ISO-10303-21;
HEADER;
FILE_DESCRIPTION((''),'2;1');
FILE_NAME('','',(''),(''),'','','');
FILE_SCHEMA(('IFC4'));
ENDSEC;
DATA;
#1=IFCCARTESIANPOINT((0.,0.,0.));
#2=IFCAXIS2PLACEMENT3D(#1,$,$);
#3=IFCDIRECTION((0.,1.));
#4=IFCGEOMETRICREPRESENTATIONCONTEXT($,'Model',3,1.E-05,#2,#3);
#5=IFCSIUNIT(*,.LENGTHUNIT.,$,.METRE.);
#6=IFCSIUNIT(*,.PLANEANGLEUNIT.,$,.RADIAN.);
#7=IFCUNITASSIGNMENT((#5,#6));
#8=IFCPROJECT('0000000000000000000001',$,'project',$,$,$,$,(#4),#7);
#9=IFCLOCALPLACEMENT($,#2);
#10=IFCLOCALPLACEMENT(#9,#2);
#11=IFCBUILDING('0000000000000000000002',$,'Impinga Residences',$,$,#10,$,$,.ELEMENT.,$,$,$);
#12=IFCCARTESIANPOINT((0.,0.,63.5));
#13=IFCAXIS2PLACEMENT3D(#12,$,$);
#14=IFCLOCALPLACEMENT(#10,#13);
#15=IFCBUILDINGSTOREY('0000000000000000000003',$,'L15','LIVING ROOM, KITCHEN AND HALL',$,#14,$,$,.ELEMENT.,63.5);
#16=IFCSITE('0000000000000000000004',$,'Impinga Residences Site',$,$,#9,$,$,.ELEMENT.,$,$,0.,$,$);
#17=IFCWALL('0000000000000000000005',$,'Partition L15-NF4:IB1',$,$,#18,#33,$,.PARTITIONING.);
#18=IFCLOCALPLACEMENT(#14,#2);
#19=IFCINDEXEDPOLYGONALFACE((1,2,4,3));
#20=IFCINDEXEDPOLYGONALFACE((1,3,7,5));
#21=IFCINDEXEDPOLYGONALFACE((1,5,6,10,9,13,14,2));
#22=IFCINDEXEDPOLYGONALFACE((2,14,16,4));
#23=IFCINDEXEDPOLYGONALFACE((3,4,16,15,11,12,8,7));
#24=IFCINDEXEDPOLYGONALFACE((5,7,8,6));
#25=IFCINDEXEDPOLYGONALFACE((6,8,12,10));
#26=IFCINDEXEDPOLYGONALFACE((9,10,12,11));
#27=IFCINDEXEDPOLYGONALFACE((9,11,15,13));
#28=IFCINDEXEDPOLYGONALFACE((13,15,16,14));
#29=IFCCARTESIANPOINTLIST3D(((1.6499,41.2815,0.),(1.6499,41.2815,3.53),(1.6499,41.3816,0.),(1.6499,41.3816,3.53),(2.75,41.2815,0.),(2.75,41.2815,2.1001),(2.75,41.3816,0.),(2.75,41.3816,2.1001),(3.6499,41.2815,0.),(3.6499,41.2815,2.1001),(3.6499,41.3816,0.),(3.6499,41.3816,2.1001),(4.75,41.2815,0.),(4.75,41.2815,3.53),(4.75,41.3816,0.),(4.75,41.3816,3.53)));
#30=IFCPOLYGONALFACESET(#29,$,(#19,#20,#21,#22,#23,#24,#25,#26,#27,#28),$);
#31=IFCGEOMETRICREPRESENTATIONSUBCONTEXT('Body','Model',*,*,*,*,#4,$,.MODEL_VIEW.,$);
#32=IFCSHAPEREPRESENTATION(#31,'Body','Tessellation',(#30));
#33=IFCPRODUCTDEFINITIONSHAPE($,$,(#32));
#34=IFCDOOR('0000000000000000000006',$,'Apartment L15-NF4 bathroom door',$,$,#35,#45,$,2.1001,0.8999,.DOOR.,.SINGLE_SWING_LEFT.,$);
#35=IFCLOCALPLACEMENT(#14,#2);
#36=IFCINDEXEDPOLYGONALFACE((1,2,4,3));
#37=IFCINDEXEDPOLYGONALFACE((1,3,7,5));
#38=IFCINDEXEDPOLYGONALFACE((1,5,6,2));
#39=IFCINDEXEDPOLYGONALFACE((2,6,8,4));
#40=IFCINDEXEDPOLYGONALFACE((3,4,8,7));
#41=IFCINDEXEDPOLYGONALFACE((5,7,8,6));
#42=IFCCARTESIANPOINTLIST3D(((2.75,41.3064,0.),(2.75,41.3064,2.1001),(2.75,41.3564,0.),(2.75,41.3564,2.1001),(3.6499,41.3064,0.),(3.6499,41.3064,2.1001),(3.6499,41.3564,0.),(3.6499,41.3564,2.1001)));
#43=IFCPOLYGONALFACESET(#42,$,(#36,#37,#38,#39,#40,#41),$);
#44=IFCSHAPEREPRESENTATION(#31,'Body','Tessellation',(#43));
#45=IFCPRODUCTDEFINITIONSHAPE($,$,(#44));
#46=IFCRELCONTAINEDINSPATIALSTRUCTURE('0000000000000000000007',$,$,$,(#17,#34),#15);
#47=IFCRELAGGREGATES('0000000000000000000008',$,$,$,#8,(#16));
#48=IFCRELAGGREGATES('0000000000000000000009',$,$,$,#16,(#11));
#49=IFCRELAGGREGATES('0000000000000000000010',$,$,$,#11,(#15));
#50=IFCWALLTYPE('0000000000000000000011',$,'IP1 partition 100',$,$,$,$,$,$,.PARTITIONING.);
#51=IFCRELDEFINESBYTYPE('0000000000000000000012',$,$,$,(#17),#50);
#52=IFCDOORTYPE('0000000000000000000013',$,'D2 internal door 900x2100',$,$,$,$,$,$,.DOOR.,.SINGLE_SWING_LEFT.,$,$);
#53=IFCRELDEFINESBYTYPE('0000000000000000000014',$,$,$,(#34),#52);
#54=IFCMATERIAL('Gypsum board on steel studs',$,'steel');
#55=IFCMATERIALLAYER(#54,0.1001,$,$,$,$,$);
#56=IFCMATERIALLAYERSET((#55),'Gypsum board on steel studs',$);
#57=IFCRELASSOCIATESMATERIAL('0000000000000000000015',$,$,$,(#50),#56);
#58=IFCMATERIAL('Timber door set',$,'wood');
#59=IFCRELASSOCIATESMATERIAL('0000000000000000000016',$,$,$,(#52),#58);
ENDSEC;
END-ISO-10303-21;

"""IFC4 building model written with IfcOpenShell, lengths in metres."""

from ifc_helpers import new_model, si_unit, direction, frame, frame_2d, origin, place, context, subcontext, project, spatial, rectangle, extrude, material, layer, layer_set, type_object, element, fill, save


model = new_model("IFC4")

# Units and contexts
model_context = context("Model", 3, precision=1e-05, world=origin(), true_north=direction((0.0, 1.0)))
body_context = subcontext(model_context, "Body", "Model", "MODEL_VIEW")
ifc_project = project(units=[si_unit("LENGTHUNIT", "METRE"), si_unit("PLANEANGLEUNIT", "RADIAN")], contexts=[model_context])

# Site, building, storey
site_placement = place(None, origin())
site = spatial("IfcSite", under=ifc_project, at=site_placement, Name="Impinga Residences Site", CompositionType="ELEMENT", RefElevation=0.0)
building_placement = place(site_placement, origin())
building = spatial("IfcBuilding", under=site, at=building_placement, Name="Impinga Residences", CompositionType="ELEMENT")
storey_placement = place(building_placement, frame((0.0, 0.0, 63.5)))
storey = spatial("IfcBuildingStorey", under=building, at=storey_placement, Name="L15", Description="LIVING ROOM, KITCHEN AND HALL", CompositionType="ELEMENT", Elevation=63.5)

# Shared definitions
ifc_material_1 = material(Name="Gypsum board on steel studs", Category="steel")
ifc_layer_1 = layer(ifc_material_1, 0.1001)
ifc_layer_set_1 = layer_set([ifc_layer_1], Name="Gypsum board on steel studs")
wall_type_1 = type_object("IfcWallType", Name="IP1 partition 100", PredefinedType="PARTITIONING", material=ifc_layer_set_1)

# Shared definitions
ifc_material_2 = material(Name="Timber door set", Category="wood")
door_type = type_object("IfcDoorType", Name="D2 internal door 900x2100", OperationType="SINGLE_SWING_LEFT", PredefinedType="DOOR", material=ifc_material_2)

# Wall, opening, door
wall_1_placement = place(storey_placement, frame((1.6499, 41.3315, 0.0), z_axis=(0.0, 0.0, 1.0), x_axis=(1.0, 0.0, 0.0)))
wall_1 = element("IfcWall", 1, at=wall_1_placement, inside=storey, type_object=wall_type_1, Name="Partition L15-NF4:IB1", PredefinedType="PARTITIONING", context=body_context, shape_type="SweptSolid", body=[
    extrude(rectangle(XDim=3.1001, YDim=0.1001, at=frame_2d((1.55, 0.0))), origin(), (0.0, 0.0, 1.0), 3.53),
])
opening_1_placement = place(wall_1_placement, frame((1.1001, 0.0, 0.0)))
opening_1 = element("IfcOpeningElement", 2, at=opening_1_placement, cuts=wall_1, PredefinedType="OPENING", context=body_context, shape_type="SweptSolid", body=[
    extrude(rectangle(XDim=0.8999, YDim=2.1001, at=frame_2d((0.45, 1.05))), frame((0.0, 0.0601, 0.0), z_axis=(0.0, -1.0, 0.0), x_axis=(1.0, 0.0, 0.0)), (0.0, 0.0, 1.0), 0.1201),
])
door_1_placement = place(opening_1_placement, origin())
door_1 = element("IfcDoor", 3, at=door_1_placement, inside=storey, type_object=door_type, Name="Apartment L15-NF4 bathroom door", OperationType="SINGLE_SWING_LEFT", OverallHeight=2.1001, OverallWidth=0.8999, PredefinedType="DOOR", context=body_context, shape_type="SweptSolid", body=[
    extrude(rectangle(XDim=0.8999, YDim=2.1001, at=frame_2d((0.45, 1.05))), frame((0.0, 0.0249, 0.0), z_axis=(0.0, -1.0, 0.0), x_axis=(1.0, 0.0, 0.0)), (0.0, 0.0, 1.0), 0.05),
])
fill(opening_1, door_1)

save(model, "model.ifc")
